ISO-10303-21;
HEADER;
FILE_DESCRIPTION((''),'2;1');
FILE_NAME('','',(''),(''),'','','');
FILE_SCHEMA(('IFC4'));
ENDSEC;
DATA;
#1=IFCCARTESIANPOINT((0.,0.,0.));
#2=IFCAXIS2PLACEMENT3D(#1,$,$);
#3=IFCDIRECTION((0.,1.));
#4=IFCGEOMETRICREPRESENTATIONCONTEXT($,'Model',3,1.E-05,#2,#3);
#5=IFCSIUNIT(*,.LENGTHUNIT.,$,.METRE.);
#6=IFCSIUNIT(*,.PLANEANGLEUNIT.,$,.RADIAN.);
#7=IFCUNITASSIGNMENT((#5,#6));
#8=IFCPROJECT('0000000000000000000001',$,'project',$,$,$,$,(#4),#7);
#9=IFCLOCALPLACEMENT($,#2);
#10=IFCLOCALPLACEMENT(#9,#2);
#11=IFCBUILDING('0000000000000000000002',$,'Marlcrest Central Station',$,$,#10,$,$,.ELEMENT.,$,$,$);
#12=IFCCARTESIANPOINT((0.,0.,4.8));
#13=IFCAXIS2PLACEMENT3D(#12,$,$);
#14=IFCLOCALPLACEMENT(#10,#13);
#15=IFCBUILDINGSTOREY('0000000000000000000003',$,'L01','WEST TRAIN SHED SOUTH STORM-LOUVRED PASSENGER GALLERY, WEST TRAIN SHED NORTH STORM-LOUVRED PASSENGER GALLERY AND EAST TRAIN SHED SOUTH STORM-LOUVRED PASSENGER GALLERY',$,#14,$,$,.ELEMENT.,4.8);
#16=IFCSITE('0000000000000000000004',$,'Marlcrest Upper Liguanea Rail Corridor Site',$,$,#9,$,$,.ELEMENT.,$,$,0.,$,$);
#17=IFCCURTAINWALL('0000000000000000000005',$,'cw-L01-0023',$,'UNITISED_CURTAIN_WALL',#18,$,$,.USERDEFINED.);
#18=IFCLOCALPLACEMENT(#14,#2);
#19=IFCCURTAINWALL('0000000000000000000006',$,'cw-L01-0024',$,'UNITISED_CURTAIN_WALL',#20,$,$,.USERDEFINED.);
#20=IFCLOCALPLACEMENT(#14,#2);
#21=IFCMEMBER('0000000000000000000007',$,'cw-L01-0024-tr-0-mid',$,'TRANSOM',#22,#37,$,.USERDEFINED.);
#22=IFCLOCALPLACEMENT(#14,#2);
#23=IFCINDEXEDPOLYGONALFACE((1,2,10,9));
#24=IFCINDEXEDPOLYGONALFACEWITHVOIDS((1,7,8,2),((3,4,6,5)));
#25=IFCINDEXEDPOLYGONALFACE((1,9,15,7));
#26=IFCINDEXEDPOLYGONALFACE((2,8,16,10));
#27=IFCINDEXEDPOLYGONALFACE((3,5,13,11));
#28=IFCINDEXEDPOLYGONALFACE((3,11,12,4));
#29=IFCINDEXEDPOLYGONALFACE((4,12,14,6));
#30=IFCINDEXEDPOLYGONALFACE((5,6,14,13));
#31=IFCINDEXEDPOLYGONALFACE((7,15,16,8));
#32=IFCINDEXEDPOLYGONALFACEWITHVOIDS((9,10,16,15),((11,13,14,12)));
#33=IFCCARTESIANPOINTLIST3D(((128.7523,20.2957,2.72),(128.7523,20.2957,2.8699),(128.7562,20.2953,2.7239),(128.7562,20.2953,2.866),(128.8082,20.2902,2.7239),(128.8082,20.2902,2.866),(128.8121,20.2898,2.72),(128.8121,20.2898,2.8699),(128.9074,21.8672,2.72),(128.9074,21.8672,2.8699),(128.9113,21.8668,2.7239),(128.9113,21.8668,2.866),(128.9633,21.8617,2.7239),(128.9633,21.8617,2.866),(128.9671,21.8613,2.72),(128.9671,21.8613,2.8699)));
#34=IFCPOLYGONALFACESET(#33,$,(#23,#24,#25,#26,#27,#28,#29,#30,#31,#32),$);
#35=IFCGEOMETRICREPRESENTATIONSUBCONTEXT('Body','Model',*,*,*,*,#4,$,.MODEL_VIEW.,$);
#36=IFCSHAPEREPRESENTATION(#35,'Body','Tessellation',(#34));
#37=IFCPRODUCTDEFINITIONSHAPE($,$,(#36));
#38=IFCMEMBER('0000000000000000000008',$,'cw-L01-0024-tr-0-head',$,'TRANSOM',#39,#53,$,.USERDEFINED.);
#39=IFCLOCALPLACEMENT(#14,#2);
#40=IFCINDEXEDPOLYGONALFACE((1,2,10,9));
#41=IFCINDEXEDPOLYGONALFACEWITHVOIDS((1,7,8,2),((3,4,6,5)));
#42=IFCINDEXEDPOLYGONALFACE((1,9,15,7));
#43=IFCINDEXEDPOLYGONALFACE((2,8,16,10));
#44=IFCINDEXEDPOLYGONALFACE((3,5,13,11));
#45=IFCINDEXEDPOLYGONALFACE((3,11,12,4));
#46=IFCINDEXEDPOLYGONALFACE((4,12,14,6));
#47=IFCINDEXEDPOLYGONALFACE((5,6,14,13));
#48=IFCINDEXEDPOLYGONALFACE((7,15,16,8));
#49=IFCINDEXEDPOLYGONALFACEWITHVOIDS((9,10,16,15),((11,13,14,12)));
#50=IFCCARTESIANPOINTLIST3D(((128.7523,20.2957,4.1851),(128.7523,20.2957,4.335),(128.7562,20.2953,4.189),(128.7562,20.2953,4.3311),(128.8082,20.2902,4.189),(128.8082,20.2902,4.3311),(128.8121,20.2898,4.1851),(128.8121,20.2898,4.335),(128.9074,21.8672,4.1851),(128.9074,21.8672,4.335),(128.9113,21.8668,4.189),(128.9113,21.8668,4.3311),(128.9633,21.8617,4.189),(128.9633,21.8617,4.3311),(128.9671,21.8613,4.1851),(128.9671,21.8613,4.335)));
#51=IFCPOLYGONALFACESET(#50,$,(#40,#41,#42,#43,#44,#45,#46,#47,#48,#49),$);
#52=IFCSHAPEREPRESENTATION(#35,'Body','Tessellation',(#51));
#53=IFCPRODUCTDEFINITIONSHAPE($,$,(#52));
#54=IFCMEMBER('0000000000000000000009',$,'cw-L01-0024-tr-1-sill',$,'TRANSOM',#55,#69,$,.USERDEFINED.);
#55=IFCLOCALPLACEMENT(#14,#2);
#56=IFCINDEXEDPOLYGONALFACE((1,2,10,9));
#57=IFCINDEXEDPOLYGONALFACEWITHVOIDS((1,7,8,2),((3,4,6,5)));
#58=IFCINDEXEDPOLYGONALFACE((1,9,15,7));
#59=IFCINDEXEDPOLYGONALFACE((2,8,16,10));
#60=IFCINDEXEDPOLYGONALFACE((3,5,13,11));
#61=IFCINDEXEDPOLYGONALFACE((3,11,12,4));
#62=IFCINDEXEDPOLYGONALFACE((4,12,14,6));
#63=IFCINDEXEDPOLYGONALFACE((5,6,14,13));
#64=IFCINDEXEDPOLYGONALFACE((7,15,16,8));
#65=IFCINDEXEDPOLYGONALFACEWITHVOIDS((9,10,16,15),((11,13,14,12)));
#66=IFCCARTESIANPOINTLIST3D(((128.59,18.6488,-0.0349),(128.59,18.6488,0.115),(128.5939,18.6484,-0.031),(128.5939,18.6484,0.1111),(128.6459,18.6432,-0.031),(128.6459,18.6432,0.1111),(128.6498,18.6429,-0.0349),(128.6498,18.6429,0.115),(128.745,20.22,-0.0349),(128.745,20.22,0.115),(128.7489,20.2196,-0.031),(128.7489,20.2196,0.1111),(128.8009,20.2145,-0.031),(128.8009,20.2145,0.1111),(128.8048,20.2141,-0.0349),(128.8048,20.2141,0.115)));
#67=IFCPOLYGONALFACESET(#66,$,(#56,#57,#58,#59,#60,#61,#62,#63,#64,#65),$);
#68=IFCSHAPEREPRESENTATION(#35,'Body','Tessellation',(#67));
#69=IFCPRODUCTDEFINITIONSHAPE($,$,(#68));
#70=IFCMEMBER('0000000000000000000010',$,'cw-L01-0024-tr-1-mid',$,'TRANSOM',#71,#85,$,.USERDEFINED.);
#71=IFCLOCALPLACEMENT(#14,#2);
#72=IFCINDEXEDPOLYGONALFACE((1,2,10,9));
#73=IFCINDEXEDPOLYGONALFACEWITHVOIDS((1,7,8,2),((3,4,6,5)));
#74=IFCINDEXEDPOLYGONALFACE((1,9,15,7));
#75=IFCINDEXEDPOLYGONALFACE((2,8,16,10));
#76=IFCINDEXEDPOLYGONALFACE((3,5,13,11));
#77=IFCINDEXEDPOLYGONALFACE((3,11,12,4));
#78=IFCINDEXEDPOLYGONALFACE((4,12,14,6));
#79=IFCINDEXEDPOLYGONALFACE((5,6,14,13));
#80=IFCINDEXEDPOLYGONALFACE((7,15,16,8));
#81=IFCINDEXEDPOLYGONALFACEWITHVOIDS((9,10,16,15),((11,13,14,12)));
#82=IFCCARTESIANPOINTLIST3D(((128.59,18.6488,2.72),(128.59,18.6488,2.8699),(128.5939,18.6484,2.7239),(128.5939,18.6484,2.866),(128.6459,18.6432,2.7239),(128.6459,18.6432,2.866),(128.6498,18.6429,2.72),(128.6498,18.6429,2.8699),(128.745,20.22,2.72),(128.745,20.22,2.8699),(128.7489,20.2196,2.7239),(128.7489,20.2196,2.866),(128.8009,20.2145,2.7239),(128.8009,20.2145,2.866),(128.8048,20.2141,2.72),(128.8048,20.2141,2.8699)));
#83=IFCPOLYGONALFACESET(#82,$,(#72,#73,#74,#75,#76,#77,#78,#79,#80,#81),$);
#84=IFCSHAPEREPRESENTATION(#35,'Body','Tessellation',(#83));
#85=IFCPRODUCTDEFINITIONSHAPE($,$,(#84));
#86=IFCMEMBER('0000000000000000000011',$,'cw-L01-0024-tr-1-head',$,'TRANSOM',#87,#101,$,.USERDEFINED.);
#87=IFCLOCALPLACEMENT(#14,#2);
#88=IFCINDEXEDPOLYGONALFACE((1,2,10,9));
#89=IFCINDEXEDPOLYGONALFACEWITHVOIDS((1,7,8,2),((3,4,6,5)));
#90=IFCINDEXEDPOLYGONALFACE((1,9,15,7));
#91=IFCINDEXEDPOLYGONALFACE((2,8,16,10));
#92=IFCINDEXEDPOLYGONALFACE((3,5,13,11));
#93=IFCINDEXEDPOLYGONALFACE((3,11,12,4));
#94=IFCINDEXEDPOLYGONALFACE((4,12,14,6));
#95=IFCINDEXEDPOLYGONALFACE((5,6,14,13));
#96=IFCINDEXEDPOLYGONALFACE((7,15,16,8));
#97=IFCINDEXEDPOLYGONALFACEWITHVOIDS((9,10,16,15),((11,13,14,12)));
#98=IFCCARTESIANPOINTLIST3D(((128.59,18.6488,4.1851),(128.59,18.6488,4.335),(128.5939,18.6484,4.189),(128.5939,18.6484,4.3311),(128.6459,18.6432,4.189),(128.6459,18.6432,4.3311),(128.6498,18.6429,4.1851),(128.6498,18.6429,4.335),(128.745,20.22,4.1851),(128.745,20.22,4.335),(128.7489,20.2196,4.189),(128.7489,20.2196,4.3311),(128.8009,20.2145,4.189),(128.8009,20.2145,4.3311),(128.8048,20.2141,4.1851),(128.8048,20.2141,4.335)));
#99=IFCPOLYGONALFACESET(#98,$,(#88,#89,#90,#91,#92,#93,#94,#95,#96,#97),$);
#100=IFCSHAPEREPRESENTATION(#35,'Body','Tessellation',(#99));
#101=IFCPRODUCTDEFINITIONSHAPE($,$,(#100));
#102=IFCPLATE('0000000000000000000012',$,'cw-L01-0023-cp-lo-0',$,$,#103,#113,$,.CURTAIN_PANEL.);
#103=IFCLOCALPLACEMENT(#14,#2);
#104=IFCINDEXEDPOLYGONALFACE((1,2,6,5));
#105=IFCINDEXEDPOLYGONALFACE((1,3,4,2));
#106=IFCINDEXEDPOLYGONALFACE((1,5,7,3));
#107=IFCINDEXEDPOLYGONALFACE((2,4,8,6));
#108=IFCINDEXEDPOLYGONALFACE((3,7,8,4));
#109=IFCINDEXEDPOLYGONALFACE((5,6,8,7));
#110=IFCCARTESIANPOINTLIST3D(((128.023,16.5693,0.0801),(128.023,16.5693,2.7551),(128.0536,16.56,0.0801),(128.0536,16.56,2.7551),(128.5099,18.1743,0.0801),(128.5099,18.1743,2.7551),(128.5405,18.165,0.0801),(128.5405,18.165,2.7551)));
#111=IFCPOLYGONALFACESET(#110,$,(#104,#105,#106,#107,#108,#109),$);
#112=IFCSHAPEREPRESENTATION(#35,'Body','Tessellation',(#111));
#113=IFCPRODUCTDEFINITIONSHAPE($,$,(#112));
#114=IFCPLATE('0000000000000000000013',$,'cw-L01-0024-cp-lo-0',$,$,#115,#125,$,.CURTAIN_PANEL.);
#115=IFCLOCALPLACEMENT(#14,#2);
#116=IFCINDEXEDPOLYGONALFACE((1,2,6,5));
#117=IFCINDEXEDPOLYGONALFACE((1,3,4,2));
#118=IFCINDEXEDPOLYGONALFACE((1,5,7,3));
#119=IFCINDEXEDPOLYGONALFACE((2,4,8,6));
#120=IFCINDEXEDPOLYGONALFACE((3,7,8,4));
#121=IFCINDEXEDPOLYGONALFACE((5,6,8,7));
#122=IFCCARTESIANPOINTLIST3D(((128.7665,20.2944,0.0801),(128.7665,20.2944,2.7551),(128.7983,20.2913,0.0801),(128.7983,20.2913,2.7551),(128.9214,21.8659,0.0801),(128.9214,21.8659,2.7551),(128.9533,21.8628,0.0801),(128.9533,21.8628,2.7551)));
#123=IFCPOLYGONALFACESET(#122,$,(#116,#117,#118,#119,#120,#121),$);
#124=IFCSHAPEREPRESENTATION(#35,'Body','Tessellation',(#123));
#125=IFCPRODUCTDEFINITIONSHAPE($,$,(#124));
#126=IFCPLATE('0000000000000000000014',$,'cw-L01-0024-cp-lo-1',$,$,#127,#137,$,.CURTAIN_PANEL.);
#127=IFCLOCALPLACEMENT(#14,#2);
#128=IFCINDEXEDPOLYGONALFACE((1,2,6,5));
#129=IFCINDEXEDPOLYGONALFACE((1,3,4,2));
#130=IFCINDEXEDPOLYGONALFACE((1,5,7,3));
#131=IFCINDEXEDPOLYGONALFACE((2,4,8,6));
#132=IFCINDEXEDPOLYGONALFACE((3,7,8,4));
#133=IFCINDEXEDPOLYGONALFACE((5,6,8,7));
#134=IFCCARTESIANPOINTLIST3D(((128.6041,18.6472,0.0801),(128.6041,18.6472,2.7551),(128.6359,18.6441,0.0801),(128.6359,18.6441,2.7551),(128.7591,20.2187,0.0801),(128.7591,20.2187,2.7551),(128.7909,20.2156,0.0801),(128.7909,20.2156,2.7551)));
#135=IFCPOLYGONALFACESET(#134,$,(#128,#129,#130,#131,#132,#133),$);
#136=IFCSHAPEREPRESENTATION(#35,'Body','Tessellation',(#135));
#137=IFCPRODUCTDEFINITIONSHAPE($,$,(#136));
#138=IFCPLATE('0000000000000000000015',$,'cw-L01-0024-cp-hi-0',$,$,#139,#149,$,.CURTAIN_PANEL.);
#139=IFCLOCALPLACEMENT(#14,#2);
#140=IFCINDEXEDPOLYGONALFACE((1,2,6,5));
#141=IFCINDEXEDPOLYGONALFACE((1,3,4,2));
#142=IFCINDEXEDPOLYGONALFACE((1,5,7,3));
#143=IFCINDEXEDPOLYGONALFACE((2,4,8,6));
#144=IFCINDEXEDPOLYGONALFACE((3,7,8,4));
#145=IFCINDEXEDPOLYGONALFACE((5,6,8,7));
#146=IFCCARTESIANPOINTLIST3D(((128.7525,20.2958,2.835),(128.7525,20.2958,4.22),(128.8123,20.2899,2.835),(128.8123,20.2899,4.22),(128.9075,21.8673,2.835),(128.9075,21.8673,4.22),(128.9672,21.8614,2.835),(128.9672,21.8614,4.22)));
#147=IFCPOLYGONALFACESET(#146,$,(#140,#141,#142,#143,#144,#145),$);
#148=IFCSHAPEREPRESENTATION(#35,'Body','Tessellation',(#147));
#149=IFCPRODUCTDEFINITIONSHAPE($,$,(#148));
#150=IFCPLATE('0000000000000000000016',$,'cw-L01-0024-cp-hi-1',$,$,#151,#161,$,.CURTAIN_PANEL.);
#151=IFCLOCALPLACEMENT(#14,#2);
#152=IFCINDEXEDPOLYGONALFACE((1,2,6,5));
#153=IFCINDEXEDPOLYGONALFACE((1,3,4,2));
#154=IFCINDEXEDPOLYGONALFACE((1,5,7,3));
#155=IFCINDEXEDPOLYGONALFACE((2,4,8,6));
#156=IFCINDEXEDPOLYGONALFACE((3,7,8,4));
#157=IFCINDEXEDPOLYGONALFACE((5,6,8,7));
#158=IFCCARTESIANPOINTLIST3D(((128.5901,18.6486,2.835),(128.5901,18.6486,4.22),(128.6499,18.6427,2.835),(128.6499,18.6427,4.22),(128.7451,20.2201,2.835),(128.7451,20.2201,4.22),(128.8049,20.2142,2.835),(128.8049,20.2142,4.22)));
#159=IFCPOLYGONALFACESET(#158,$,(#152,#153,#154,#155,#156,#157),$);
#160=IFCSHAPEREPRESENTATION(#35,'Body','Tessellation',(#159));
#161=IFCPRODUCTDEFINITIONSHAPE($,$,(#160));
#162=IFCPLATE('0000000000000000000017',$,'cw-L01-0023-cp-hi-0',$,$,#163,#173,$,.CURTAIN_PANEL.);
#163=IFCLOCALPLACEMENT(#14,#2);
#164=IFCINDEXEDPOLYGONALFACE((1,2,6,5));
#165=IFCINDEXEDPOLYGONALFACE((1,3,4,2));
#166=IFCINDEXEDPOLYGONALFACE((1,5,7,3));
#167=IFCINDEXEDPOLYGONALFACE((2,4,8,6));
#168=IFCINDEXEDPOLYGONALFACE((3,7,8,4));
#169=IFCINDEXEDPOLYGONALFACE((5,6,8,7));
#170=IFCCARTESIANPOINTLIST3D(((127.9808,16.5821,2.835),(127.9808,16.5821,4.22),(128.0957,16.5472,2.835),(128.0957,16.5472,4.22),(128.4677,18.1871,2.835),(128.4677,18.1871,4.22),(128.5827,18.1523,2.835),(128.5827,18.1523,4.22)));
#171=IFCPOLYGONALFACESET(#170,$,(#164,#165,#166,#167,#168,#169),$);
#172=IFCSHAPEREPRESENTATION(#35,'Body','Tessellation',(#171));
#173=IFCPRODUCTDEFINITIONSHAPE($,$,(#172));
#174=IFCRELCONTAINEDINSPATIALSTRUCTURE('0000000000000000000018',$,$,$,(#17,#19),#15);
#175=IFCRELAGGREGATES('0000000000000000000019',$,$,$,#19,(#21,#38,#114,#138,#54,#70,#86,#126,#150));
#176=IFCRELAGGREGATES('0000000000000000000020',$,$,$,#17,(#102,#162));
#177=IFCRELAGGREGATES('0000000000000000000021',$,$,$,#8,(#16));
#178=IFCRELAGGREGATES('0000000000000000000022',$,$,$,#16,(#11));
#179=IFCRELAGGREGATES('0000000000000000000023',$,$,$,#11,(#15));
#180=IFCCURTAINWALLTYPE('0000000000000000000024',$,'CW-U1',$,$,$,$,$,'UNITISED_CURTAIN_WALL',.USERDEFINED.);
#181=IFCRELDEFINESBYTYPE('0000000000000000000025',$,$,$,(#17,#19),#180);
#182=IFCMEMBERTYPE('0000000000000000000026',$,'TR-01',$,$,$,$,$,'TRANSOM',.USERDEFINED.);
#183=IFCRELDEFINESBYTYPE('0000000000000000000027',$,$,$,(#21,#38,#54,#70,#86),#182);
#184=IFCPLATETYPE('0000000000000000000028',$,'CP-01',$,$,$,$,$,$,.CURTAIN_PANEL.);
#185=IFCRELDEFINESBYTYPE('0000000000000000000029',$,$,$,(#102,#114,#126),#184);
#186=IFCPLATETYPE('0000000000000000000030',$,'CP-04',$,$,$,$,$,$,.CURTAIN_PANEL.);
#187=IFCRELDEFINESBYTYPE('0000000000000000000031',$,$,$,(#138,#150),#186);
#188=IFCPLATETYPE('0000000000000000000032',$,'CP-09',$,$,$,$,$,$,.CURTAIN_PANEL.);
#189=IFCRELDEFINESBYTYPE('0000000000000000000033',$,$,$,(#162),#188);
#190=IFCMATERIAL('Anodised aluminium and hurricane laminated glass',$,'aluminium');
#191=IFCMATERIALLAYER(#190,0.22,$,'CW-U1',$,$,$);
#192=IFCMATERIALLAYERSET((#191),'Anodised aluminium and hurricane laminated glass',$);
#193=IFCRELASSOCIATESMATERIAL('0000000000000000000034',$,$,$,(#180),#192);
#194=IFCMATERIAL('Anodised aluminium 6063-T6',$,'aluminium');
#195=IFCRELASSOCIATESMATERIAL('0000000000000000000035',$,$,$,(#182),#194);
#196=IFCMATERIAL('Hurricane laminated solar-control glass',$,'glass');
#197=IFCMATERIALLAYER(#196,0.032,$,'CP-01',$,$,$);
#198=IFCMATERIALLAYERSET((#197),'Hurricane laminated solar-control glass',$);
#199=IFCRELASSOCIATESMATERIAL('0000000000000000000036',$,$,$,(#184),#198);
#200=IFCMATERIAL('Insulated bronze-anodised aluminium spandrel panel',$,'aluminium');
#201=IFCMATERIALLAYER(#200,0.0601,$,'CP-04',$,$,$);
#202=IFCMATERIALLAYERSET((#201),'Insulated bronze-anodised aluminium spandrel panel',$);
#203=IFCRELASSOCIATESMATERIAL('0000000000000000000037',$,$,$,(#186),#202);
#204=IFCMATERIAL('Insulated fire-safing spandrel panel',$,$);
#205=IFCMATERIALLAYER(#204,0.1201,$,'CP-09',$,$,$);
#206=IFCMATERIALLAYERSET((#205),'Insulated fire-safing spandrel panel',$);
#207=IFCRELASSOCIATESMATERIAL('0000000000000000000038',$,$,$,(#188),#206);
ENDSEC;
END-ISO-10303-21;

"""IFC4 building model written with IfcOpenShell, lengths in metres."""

from ifc_helpers import new_model, si_unit, direction, frame, origin, origin_2d, place, context, subcontext, project, spatial, rectangle, hollow_rectangle, extrude, material, layer, layer_set, material_profile, profile_set, type_object, element, aggregate, save


model = new_model("IFC4")

# Units and contexts
model_context = context("Model", 3, precision=1e-05, world=origin(), true_north=direction((0.0, 1.0)))
body_context = subcontext(model_context, "Body", "Model", "MODEL_VIEW")
ifc_project = project(units=[si_unit("LENGTHUNIT", "METRE"), si_unit("PLANEANGLEUNIT", "RADIAN")], contexts=[model_context])

# Site, building, storey
site_placement = place(None, origin())
site = spatial("IfcSite", under=ifc_project, at=site_placement, Name="Marlcrest Upper Liguanea Rail Corridor Site", CompositionType="ELEMENT", RefElevation=0.0)
building_placement = place(site_placement, origin())
building = spatial("IfcBuilding", under=site, at=building_placement, Name="Marlcrest Central Station", CompositionType="ELEMENT")
storey_placement = place(building_placement, frame((0.0, 0.0, 4.8)))
storey = spatial("IfcBuildingStorey", under=building, at=storey_placement, Name="L01", Description="WEST TRAIN SHED SOUTH STORM-LOUVRED PASSENGER GALLERY, WEST TRAIN SHED NORTH STORM-LOUVRED PASSENGER GALLERY AND EAST TRAIN SHED SOUTH STORM-LOUVRED PASSENGER GALLERY", CompositionType="ELEMENT", Elevation=4.8)

# Curtain wall
ifc_material_1 = material(Name="Anodised aluminium and hurricane laminated glass", Category="aluminium")
ifc_layer_1 = layer(ifc_material_1, 0.22, Name="CW-U1")
ifc_layer_set_1 = layer_set([ifc_layer_1], Name="Anodised aluminium and hurricane laminated glass")
curtain_wall_type = type_object("IfcCurtainWallType", Name="CW-U1", ElementType="UNITISED_CURTAIN_WALL", PredefinedType="USERDEFINED", material=ifc_layer_set_1)
curtain_wall_1_placement = place(storey_placement, origin())
curtain_wall_1 = element("IfcCurtainWall", 1, at=curtain_wall_1_placement, inside=storey, type_object=curtain_wall_type, Name="cw-L01-0023", ObjectType="UNITISED_CURTAIN_WALL", PredefinedType="USERDEFINED")
ifc_material_2 = material(Name="Anodised aluminium 6063-T6", Category="aluminium")

# Curtain wall
curtain_wall_2_placement = place(storey_placement, origin())
curtain_wall_2 = element("IfcCurtainWall", 2, at=curtain_wall_2_placement, inside=storey, type_object=curtain_wall_type, Name="cw-L01-0024", ObjectType="UNITISED_CURTAIN_WALL", PredefinedType="USERDEFINED")

# Members
ifc_material_profile_1 = material_profile(ifc_material_2, hollow_rectangle(XDim=0.0601, YDim=0.1499, WallThickness=0.0039, at=origin_2d()), Name="AA-RHS 150x60x4")
ifc_profile_set_1 = profile_set([ifc_material_profile_1], Name="Anodised aluminium 6063-T6")
member_type_1 = type_object("IfcMemberType", Name="TR-01", ElementType="TRANSOM", PredefinedType="USERDEFINED", material=ifc_profile_set_1)
member_1_placement = place(storey_placement, frame((128.9373, 21.8643, 2.7949), z_axis=(-0.098172, -0.995169, 0.0), x_axis=(0.995169, -0.098172, 0.0)))
member_1 = element("IfcMember", 3, at=member_1_placement, type_object=member_type_1, Name="cw-L01-0024-tr-0-mid", ObjectType="TRANSOM", PredefinedType="USERDEFINED", context=body_context, shape_type="SweptSolid", body=[
    extrude(hollow_rectangle(XDim=0.0601, YDim=0.1499, WallThickness=0.0039, at=origin_2d()), origin(), (0.0, 0.0, 1.0), 1.5791),
])
member_2_placement = place(storey_placement, frame((128.9373, 21.8643, 4.26), z_axis=(-0.098172, -0.995169, 0.0), x_axis=(0.995169, -0.098172, 0.0)))
member_2 = element("IfcMember", 4, at=member_2_placement, type_object=member_type_1, Name="cw-L01-0024-tr-0-head", ObjectType="TRANSOM", PredefinedType="USERDEFINED", context=body_context, shape_type="SweptSolid", body=[
    extrude(hollow_rectangle(XDim=0.0601, YDim=0.1499, WallThickness=0.0039, at=origin_2d()), origin(), (0.0, 0.0, 1.0), 1.5791),
])
member_3_placement = place(storey_placement, frame((128.7749, 20.217, 0.04), z_axis=(-0.098187, -0.995168, 0.0), x_axis=(0.995168, -0.098187, 0.0)))
member_3 = element("IfcMember", 5, at=member_3_placement, type_object=member_type_1, Name="cw-L01-0024-tr-1-sill", ObjectType="TRANSOM", PredefinedType="USERDEFINED", context=body_context, shape_type="SweptSolid", body=[
    extrude(hollow_rectangle(XDim=0.0601, YDim=0.1499, WallThickness=0.0039, at=origin_2d()), origin(), (0.0, 0.0, 1.0), 1.5789),
])
member_4_placement = place(storey_placement, frame((128.7749, 20.217, 2.7949), z_axis=(-0.098187, -0.995168, 0.0), x_axis=(0.995168, -0.098187, 0.0)))
member_4 = element("IfcMember", 6, at=member_4_placement, type_object=member_type_1, Name="cw-L01-0024-tr-1-mid", ObjectType="TRANSOM", PredefinedType="USERDEFINED", context=body_context, shape_type="SweptSolid", body=[
    extrude(hollow_rectangle(XDim=0.0601, YDim=0.1499, WallThickness=0.0039, at=origin_2d()), origin(), (0.0, 0.0, 1.0), 1.5789),
])
member_5_placement = place(storey_placement, frame((128.7749, 20.217, 4.26), z_axis=(-0.098187, -0.995168, 0.0), x_axis=(0.995168, -0.098187, 0.0)))
member_5 = element("IfcMember", 7, at=member_5_placement, type_object=member_type_1, Name="cw-L01-0024-tr-1-head", ObjectType="TRANSOM", PredefinedType="USERDEFINED", context=body_context, shape_type="SweptSolid", body=[
    extrude(hollow_rectangle(XDim=0.0601, YDim=0.1499, WallThickness=0.0039, at=origin_2d()), origin(), (0.0, 0.0, 1.0), 1.5789),
])

# Plates
ifc_material_3 = material(Name="Hurricane laminated solar-control glass", Category="glass")
ifc_layer_2 = layer(ifc_material_3, 0.032, Name="CP-01")
ifc_layer_set_2 = layer_set([ifc_layer_2], Name="Hurricane laminated solar-control glass")
plate_type_1 = type_object("IfcPlateType", Name="CP-01", PredefinedType="CURTAIN_PANEL", material=ifc_layer_set_2)
plate_1_placement = place(storey_placement, frame((128.2817, 17.3672, 0.0801), z_axis=(0.0, 0.0, 1.0), x_axis=(-0.290318, -0.95693, 0.0)))
plate_1 = element("IfcPlate", 8, at=plate_1_placement, type_object=plate_type_1, Name="cw-L01-0023-cp-lo-0", PredefinedType="CURTAIN_PANEL", context=body_context, shape_type="SweptSolid", body=[
    extrude(rectangle(XDim=1.6772, YDim=0.032, at=origin_2d()), origin(), (0.0, 0.0, 1.0), 2.675),
])
plate_2_placement = place(storey_placement, frame((128.8599, 21.0786, 0.0801), z_axis=(0.0, 0.0, 1.0), x_axis=(-0.098139, -0.995173, 0.0)))
plate_2 = element("IfcPlate", 9, at=plate_2_placement, type_object=plate_type_1, Name="cw-L01-0024-cp-lo-0", PredefinedType="CURTAIN_PANEL", context=body_context, shape_type="SweptSolid", body=[
    extrude(rectangle(XDim=1.5791, YDim=0.032, at=origin_2d()), origin(), (0.0, 0.0, 1.0), 2.675),
])
plate_3_placement = place(storey_placement, frame((128.6975, 19.4314, 0.0801), z_axis=(0.0, 0.0, 1.0), x_axis=(-0.098139, -0.995173, 0.0)))
plate_3 = element("IfcPlate", 10, at=plate_3_placement, type_object=plate_type_1, Name="cw-L01-0024-cp-lo-1", PredefinedType="CURTAIN_PANEL", context=body_context, shape_type="SweptSolid", body=[
    extrude(rectangle(XDim=1.5791, YDim=0.032, at=origin_2d()), origin(), (0.0, 0.0, 1.0), 2.675),
])
ifc_material_4 = material(Name="Insulated bronze-anodised aluminium spandrel panel", Category="aluminium")
ifc_layer_3 = layer(ifc_material_4, 0.0601, Name="CP-04")
ifc_layer_set_3 = layer_set([ifc_layer_3], Name="Insulated bronze-anodised aluminium spandrel panel")
plate_type_2 = type_object("IfcPlateType", Name="CP-04", PredefinedType="CURTAIN_PANEL", material=ifc_layer_set_3)
plate_4_placement = place(storey_placement, frame((128.8599, 21.0786, 2.835), z_axis=(0.0, 0.0, 1.0), x_axis=(-0.098139, -0.995173, 0.0)))
plate_4 = element("IfcPlate", 11, at=plate_4_placement, type_object=plate_type_2, Name="cw-L01-0024-cp-hi-0", PredefinedType="CURTAIN_PANEL", context=body_context, shape_type="SweptSolid", body=[
    extrude(rectangle(XDim=1.5791, YDim=0.0601, at=origin_2d()), origin(), (0.0, 0.0, 1.0), 1.385),
])
plate_5_placement = place(storey_placement, frame((128.6975, 19.4314, 2.835), z_axis=(0.0, 0.0, 1.0), x_axis=(-0.098139, -0.995173, 0.0)))
plate_5 = element("IfcPlate", 12, at=plate_5_placement, type_object=plate_type_2, Name="cw-L01-0024-cp-hi-1", PredefinedType="CURTAIN_PANEL", context=body_context, shape_type="SweptSolid", body=[
    extrude(rectangle(XDim=1.5791, YDim=0.0601, at=origin_2d()), origin(), (0.0, 0.0, 1.0), 1.385),
])
aggregate(curtain_wall_2, [member_1, member_2, plate_2, plate_4, member_3, member_4, member_5, plate_3, plate_5])
ifc_material_5 = material(Name="Insulated fire-safing spandrel panel")
ifc_layer_4 = layer(ifc_material_5, 0.1201, Name="CP-09")
ifc_layer_set_4 = layer_set([ifc_layer_4], Name="Insulated fire-safing spandrel panel")
plate_type_3 = type_object("IfcPlateType", Name="CP-09", PredefinedType="CURTAIN_PANEL", material=ifc_layer_set_4)
plate_6_placement = place(storey_placement, frame((128.2817, 17.3672, 2.835), z_axis=(0.0, 0.0, 1.0), x_axis=(-0.290318, -0.95693, 0.0)))
plate_6 = element("IfcPlate", 13, at=plate_6_placement, type_object=plate_type_3, Name="cw-L01-0023-cp-hi-0", PredefinedType="CURTAIN_PANEL", context=body_context, shape_type="SweptSolid", body=[
    extrude(rectangle(XDim=1.6772, YDim=0.1201, at=origin_2d()), origin(), (0.0, 0.0, 1.0), 1.385),
])
aggregate(curtain_wall_1, [plate_1, plate_6])

save(model, "model.ifc")
